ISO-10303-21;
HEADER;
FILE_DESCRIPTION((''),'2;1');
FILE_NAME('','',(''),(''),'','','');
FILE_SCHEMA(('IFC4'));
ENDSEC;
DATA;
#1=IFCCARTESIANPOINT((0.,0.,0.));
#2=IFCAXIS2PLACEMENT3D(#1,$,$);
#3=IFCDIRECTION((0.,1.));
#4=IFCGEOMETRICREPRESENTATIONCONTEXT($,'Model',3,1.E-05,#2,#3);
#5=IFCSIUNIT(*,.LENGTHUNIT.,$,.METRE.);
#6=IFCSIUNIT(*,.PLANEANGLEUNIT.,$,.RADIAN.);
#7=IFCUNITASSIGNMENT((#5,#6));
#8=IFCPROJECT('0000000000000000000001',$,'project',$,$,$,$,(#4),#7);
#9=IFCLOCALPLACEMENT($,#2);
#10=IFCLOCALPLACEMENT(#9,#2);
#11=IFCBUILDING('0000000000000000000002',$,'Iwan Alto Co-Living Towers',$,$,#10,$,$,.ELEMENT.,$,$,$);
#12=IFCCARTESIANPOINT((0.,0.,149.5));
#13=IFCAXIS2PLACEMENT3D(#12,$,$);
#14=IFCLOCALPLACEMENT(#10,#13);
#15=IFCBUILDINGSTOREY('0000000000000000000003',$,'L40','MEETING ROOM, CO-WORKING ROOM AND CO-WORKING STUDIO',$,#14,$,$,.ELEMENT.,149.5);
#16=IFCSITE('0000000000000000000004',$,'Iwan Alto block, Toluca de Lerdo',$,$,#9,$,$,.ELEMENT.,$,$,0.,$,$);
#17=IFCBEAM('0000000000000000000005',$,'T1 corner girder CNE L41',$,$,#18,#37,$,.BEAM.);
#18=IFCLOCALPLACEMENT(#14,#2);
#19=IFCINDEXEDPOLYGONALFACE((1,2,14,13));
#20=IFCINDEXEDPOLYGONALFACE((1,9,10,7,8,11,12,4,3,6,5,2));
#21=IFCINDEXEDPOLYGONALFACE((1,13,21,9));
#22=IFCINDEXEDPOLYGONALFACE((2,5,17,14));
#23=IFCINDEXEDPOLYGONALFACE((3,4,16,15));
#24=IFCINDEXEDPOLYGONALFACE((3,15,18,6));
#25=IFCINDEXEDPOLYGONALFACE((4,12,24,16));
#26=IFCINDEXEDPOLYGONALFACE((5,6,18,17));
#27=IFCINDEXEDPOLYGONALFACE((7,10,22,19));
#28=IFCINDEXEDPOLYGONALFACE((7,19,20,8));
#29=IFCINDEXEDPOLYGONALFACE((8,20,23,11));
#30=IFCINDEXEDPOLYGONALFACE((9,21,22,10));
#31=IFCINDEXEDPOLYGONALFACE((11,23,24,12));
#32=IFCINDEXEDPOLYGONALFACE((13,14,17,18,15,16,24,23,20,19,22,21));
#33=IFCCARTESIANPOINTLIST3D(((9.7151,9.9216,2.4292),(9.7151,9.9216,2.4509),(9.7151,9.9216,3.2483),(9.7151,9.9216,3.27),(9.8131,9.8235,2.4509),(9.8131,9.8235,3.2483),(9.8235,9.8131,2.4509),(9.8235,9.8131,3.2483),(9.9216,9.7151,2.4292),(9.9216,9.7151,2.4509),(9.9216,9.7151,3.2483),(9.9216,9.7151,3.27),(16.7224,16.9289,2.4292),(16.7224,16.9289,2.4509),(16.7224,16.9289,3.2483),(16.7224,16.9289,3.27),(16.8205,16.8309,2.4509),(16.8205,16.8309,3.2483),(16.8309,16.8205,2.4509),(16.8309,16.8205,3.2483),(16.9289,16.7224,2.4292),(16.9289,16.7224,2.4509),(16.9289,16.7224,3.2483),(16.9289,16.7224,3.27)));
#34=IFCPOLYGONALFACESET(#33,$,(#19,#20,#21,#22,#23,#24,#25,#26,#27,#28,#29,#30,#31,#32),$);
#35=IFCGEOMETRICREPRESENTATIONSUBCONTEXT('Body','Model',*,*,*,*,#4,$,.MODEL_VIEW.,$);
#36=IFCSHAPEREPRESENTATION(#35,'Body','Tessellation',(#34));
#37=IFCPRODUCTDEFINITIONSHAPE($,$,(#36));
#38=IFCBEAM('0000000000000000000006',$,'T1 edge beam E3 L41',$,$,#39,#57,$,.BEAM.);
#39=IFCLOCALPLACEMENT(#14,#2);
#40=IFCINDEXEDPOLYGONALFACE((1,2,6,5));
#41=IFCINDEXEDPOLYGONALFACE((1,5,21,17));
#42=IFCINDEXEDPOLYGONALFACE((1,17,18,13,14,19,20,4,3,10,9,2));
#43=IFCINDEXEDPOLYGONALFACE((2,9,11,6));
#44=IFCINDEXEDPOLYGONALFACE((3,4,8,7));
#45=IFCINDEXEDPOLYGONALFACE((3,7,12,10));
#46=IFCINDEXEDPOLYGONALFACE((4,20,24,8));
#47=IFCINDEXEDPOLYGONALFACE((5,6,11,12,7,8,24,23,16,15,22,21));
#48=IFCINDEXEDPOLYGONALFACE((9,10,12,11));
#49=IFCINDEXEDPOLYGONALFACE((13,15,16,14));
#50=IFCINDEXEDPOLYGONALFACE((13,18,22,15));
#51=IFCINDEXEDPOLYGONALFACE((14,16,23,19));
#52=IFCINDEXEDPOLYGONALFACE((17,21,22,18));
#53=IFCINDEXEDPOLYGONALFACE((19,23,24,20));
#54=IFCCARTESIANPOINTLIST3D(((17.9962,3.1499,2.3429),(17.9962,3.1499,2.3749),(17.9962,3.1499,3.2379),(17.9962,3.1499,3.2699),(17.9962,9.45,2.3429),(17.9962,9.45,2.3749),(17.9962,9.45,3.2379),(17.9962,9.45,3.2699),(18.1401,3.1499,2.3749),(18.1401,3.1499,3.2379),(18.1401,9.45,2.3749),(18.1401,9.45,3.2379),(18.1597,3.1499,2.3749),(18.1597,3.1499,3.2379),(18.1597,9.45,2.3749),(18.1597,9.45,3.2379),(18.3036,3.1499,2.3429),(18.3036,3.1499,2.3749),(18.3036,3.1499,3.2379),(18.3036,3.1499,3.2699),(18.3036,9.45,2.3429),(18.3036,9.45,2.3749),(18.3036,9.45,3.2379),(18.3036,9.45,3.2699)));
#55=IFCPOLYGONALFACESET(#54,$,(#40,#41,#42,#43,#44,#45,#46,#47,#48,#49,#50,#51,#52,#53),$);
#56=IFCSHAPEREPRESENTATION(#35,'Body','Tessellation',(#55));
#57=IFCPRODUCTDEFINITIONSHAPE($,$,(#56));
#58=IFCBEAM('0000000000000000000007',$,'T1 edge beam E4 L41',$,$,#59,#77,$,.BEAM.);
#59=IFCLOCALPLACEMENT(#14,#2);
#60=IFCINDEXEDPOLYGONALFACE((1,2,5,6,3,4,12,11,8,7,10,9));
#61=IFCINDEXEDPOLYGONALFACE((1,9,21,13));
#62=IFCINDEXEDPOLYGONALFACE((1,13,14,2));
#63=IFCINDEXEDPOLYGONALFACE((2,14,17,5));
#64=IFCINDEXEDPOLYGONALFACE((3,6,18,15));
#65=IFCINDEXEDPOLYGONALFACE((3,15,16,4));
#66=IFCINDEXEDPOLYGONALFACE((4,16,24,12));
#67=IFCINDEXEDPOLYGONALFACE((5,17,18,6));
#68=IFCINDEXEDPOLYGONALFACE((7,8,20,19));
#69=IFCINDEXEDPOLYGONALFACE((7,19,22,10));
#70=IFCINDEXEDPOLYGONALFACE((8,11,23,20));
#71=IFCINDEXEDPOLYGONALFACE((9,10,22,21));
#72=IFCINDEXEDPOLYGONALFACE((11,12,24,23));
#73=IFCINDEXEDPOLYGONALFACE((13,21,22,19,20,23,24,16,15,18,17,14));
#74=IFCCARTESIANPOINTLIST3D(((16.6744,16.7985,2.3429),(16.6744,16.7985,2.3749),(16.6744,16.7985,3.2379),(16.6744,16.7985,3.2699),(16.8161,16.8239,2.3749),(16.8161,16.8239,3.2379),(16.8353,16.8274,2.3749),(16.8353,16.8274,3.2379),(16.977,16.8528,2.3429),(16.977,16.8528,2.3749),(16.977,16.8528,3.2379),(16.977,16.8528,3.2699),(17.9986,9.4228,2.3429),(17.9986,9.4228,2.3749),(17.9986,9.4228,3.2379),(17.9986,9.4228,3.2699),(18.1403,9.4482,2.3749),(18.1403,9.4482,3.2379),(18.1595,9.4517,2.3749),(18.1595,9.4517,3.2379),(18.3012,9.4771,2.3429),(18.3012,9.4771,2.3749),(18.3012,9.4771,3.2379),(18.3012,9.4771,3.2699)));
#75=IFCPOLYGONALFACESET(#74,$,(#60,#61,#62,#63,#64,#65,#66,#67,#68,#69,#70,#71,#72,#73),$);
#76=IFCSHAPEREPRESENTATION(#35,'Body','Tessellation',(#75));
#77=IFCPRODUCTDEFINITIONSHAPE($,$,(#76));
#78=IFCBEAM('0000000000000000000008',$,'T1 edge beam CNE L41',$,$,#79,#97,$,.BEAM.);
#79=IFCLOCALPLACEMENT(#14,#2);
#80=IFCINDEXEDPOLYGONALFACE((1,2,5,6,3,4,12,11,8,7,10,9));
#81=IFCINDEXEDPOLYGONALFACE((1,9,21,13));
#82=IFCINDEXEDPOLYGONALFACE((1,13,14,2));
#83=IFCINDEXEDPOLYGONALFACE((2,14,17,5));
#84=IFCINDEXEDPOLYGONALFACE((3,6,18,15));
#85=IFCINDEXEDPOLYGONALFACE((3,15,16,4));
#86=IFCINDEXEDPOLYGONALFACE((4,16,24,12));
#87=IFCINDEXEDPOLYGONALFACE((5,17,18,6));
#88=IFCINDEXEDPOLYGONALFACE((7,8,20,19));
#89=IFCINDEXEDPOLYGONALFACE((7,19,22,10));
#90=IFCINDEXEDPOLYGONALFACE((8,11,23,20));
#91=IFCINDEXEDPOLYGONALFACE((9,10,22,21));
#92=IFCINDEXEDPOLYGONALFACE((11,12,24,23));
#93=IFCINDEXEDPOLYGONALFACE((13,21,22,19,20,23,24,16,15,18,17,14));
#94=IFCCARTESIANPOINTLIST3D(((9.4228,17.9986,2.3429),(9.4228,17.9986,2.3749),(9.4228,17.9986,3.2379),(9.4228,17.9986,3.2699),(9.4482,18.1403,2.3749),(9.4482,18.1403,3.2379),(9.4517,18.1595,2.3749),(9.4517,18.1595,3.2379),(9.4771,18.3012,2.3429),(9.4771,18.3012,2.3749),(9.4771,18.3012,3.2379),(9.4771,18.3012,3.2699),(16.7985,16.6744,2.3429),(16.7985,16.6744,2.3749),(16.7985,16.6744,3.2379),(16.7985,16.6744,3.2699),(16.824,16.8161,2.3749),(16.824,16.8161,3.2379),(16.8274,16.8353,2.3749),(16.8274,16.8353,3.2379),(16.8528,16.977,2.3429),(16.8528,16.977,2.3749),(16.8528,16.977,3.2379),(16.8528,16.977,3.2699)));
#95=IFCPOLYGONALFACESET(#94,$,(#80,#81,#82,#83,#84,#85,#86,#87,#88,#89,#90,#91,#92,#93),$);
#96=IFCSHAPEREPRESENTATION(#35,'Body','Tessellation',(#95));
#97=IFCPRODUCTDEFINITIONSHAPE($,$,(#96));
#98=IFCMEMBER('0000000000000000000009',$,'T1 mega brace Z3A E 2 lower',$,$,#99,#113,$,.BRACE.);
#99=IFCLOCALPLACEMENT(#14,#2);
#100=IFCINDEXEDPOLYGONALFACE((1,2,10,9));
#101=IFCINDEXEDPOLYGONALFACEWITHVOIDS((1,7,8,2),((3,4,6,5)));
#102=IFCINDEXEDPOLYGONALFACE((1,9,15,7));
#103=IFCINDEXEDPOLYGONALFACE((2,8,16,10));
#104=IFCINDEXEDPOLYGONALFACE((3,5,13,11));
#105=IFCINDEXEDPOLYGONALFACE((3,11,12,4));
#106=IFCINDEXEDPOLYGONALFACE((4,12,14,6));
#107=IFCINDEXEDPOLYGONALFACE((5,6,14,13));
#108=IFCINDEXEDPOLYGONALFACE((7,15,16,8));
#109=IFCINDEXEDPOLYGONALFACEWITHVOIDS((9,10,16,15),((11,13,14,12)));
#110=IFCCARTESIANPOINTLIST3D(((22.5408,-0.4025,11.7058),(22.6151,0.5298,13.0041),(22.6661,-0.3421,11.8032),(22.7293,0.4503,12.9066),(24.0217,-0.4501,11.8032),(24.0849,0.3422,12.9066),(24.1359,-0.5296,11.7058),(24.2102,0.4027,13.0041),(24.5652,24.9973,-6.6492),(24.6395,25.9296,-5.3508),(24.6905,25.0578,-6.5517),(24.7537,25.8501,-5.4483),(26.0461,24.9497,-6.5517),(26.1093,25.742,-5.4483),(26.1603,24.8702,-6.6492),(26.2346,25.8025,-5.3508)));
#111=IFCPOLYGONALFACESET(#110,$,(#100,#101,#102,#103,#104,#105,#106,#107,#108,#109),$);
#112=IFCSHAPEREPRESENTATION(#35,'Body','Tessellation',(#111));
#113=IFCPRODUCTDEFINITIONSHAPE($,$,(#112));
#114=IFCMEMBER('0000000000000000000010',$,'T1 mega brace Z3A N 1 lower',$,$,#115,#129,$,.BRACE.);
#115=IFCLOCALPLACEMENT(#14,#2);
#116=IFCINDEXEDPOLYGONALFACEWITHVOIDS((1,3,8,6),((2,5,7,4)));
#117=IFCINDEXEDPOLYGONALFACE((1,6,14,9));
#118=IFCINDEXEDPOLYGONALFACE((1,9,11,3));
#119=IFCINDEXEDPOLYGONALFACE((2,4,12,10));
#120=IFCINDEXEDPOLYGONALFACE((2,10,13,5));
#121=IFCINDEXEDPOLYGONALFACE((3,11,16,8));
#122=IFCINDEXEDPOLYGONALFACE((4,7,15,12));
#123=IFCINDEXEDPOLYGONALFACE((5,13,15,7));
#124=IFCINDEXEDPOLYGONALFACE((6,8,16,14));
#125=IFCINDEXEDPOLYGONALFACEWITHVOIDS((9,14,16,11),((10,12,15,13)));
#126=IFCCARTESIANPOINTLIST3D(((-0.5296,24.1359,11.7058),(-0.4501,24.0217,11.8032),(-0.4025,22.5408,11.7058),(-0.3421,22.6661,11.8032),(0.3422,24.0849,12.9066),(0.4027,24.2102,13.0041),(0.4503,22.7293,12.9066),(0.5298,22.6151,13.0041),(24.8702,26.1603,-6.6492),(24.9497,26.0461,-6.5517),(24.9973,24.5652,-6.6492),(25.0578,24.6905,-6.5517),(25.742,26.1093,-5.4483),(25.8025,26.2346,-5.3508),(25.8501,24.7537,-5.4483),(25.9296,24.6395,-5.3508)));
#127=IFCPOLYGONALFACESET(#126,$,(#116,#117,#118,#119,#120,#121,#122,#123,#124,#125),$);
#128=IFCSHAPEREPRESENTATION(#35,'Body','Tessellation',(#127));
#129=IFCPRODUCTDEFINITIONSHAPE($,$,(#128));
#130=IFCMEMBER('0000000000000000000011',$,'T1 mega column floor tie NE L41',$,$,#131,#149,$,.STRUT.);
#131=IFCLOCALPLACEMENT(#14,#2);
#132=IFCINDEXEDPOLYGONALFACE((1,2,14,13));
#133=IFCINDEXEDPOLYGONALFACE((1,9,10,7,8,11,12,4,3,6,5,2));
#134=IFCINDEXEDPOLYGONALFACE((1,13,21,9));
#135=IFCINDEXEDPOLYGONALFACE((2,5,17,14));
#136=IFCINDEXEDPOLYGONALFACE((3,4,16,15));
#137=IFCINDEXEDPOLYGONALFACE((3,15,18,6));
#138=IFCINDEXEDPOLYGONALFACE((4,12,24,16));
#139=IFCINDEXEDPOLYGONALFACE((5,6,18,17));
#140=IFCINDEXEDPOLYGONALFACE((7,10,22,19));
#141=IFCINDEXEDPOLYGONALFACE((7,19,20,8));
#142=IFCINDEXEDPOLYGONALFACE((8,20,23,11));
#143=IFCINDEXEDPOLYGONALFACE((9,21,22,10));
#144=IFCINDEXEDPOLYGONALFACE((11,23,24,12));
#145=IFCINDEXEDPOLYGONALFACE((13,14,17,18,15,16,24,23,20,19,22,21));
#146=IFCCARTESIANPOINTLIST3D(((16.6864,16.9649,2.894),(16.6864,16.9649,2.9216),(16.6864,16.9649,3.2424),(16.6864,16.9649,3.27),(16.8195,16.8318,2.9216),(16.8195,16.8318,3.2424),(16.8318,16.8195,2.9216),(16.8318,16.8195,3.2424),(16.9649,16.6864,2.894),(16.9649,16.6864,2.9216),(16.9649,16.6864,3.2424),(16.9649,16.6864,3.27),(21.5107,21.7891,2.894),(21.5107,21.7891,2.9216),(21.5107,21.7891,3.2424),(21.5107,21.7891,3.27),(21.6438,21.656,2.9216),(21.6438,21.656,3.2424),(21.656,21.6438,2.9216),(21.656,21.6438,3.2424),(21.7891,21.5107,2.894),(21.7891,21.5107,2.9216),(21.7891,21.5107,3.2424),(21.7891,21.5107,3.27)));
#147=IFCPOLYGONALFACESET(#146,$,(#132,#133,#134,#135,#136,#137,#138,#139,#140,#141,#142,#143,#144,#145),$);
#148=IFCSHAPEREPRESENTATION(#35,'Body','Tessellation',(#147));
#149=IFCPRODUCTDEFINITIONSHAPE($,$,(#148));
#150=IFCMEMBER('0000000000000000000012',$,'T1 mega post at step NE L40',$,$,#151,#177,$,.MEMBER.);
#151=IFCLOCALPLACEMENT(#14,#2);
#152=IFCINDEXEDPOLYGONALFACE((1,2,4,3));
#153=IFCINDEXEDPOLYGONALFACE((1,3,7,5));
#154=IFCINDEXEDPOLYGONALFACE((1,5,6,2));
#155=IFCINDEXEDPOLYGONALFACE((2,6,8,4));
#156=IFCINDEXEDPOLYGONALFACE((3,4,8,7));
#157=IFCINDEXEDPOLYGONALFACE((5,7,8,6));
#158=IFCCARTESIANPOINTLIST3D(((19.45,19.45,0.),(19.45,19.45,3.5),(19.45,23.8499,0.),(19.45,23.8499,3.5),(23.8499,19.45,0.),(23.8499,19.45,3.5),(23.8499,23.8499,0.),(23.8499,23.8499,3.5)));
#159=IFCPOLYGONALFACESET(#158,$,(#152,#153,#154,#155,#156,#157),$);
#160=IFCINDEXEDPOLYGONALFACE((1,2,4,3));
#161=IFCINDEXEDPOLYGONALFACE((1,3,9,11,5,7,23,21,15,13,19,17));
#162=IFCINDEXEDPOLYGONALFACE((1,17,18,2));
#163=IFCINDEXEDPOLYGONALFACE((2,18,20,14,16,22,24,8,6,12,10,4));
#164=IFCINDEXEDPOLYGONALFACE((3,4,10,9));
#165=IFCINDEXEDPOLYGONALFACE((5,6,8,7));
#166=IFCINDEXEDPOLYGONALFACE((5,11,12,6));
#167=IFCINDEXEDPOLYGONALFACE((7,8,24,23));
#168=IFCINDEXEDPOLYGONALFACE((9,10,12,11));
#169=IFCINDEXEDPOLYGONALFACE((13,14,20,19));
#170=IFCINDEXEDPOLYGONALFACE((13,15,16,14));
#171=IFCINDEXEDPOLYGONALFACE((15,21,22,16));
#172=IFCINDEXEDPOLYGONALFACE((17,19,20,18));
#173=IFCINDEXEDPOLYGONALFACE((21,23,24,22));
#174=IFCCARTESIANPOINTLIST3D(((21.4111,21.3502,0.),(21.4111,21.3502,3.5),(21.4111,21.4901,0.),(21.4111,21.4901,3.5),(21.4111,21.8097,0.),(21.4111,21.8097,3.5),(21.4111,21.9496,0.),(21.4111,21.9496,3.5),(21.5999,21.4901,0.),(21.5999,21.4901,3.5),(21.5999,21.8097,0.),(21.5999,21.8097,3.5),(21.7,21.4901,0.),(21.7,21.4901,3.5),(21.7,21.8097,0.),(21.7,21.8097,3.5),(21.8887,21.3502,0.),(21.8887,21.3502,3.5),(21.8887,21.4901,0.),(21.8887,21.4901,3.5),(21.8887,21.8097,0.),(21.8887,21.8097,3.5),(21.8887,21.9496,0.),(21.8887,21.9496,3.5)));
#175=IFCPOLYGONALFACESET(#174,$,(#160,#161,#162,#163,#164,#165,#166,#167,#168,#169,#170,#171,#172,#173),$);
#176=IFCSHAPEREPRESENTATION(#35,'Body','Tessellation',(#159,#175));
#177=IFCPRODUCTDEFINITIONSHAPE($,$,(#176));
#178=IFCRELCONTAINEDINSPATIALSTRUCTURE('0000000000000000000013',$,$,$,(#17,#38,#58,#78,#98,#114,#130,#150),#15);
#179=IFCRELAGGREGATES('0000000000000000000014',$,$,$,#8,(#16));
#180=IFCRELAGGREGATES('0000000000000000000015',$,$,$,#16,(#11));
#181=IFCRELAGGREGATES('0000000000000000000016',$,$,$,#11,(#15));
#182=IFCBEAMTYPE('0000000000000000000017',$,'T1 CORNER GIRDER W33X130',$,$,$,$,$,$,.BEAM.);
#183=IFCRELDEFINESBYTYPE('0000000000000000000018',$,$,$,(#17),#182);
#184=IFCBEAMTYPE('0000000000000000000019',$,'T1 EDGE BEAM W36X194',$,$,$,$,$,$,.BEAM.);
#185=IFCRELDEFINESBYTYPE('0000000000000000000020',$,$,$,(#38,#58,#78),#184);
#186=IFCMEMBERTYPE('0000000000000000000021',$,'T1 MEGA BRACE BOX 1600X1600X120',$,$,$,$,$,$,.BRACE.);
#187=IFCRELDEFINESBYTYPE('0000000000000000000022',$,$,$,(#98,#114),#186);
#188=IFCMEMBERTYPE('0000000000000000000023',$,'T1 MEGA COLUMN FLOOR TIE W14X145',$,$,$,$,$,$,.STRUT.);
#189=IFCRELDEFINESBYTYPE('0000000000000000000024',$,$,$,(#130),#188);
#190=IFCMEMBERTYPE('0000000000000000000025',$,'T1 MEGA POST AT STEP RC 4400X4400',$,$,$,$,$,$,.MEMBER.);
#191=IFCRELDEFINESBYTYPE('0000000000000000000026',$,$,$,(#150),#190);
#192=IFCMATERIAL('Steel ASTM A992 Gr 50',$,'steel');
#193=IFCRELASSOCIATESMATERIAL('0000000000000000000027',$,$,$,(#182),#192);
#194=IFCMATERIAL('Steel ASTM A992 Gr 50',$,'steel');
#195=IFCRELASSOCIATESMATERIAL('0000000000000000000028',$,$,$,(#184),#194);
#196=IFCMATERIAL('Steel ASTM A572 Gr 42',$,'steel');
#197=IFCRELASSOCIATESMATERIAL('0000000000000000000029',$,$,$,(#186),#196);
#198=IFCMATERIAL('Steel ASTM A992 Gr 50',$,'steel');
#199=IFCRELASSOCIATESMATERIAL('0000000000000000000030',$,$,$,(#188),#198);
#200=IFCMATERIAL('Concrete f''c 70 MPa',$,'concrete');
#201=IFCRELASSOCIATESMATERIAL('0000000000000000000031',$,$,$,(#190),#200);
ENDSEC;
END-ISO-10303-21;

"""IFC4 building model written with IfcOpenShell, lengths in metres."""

from ifc_helpers import new_model, si_unit, direction, frame, origin, origin_2d, place, context, subcontext, project, spatial, rectangle, hollow_rectangle, i_section, extrude, material, material_profile, profile_set, type_object, element, save


model = new_model("IFC4")

# Units and contexts
model_context = context("Model", 3, precision=1e-05, world=origin(), true_north=direction((0.0, 1.0)))
body_context = subcontext(model_context, "Body", "Model", "MODEL_VIEW")
ifc_project = project(units=[si_unit("LENGTHUNIT", "METRE"), si_unit("PLANEANGLEUNIT", "RADIAN")], contexts=[model_context])

# Site, building, storey
site_placement = place(None, origin())
site = spatial("IfcSite", under=ifc_project, at=site_placement, Name="Iwan Alto block, Toluca de Lerdo", CompositionType="ELEMENT", RefElevation=0.0)
building_placement = place(site_placement, origin())
building = spatial("IfcBuilding", under=site, at=building_placement, Name="Iwan Alto Co-Living Towers", CompositionType="ELEMENT")
storey_placement = place(building_placement, frame((0.0, 0.0, 149.5)))
storey = spatial("IfcBuildingStorey", under=building, at=storey_placement, Name="L40", Description="MEETING ROOM, CO-WORKING ROOM AND CO-WORKING STUDIO", CompositionType="ELEMENT", Elevation=149.5)

# Beams
ifc_material_1 = material(Name="Steel ASTM A992 Gr 50", Category="steel")
ifc_material_profile_1 = material_profile(ifc_material_1, i_section(OverallWidth=0.292, OverallDepth=0.8408, WebThickness=0.0146, FlangeThickness=0.0217, at=origin_2d()), Name="W33X130")
ifc_profile_set_1 = profile_set([ifc_material_profile_1], Name="Steel ASTM A992 Gr 50")
beam_type_1 = type_object("IfcBeamType", Name="T1 CORNER GIRDER W33X130", PredefinedType="BEAM", material=ifc_profile_set_1)
beam_1_placement = place(storey_placement, frame((16.8257, 16.8257, 2.8496), z_axis=(-0.707107, -0.707107, 0.0), x_axis=(0.707107, -0.707107, 0.0)))
element("IfcBeam", 1, at=beam_1_placement, inside=storey, type_object=beam_type_1, Name="T1 corner girder CNE L41", PredefinedType="BEAM", context=body_context, shape_type="SweptSolid", body=[
    extrude(i_section(OverallWidth=0.292, OverallDepth=0.8408, WebThickness=0.0146, FlangeThickness=0.0217, at=origin_2d()), origin(), (0.0, 0.0, 1.0), 9.9099),
])
ifc_material_2 = material(Name="Steel ASTM A992 Gr 50", Category="steel")
ifc_material_profile_2 = material_profile(ifc_material_2, i_section(OverallWidth=0.3074, OverallDepth=0.927, WebThickness=0.0195, FlangeThickness=0.032, at=origin_2d()), Name="W36X194")
ifc_profile_set_2 = profile_set([ifc_material_profile_2], Name="Steel ASTM A992 Gr 50")
beam_type_2 = type_object("IfcBeamType", Name="T1 EDGE BEAM W36X194", PredefinedType="BEAM", material=ifc_profile_set_2)
beam_2_placement = place(storey_placement, frame((18.1499, 3.1499, 2.8064), z_axis=(0.0, 1.0, 0.0), x_axis=(-1.0, 0.0, 0.0)))
element("IfcBeam", 2, at=beam_2_placement, inside=storey, type_object=beam_type_2, Name="T1 edge beam E3 L41", PredefinedType="BEAM", context=body_context, shape_type="SweptSolid", body=[
    extrude(i_section(OverallWidth=0.3074, OverallDepth=0.927, WebThickness=0.0195, FlangeThickness=0.032, at=origin_2d()), origin(), (0.0, 0.0, 1.0), 6.3),
])
for number, where, z_axis, x_axis, name in (
    (3, (18.1499, 9.45, 2.8064), (-0.176712, 0.984263, 0.0), (-0.984263, -0.176712, 0.0), "T1 edge beam E4 L41"),
    (4, (16.8257, 16.8257, 2.8064), (-0.984263, 0.176712, 0.0), (-0.176712, -0.984263, 0.0), "T1 edge beam CNE L41"),
):
    element("IfcBeam", number, at=place(storey_placement, frame(where, z_axis=z_axis, x_axis=x_axis)), inside=storey, type_object=beam_type_2, Name=name, PredefinedType="BEAM", context=body_context, shape_type="SweptSolid", body=[
        extrude(i_section(OverallWidth=0.3074, OverallDepth=0.927, WebThickness=0.0195, FlangeThickness=0.032, at=origin_2d()), origin(), (0.0, 0.0, 1.0), 7.4937),
    ])

# Members
ifc_material_3 = material(Name="Steel ASTM A572 Gr 42", Category="steel")
ifc_material_profile_3 = material_profile(ifc_material_3, hollow_rectangle(XDim=1.6001, YDim=1.6001, WallThickness=0.1201, at=origin_2d()), Name="BOX 1600X1600X120")
ifc_profile_set_3 = profile_set([ifc_material_profile_3], Name="Steel ASTM A572 Gr 42")
member_type_1 = type_object("IfcMemberType", Name="T1 MEGA BRACE BOX 1600X1600X120", PredefinedType="BRACE", material=ifc_profile_set_3)
for number, where, z_axis, x_axis, name in (
    (5, (25.3999, 25.3999, -6.0), (-0.064465, -0.808833, 0.584495), (0.996839, -0.07945, 0.0), "T1 mega brace Z3A E 2 lower"),
    (6, (25.3999, 25.3999, -6.0), (-0.808833, -0.064465, 0.584495), (0.07945, -0.996839, 0.0), "T1 mega brace Z3A N 1 lower"),
):
    element("IfcMember", number, at=place(storey_placement, frame(where, z_axis=z_axis, x_axis=x_axis)), inside=storey, type_object=member_type_1, Name=name, PredefinedType="BRACE", context=body_context, shape_type="SweptSolid", body=[
        extrude(hollow_rectangle(XDim=1.6001, YDim=1.6001, WallThickness=0.1201, at=origin_2d()), origin(), (0.0, 0.0, 1.0), 31.4031),
    ])
ifc_material_4 = material(Name="Steel ASTM A992 Gr 50", Category="steel")
ifc_material_profile_4 = material_profile(ifc_material_4, i_section(OverallWidth=0.3938, OverallDepth=0.376, WebThickness=0.0173, FlangeThickness=0.0276, at=origin_2d()), Name="W14X145")
ifc_profile_set_4 = profile_set([ifc_material_profile_4], Name="Steel ASTM A992 Gr 50")
member_type_2 = type_object("IfcMemberType", Name="T1 MEGA COLUMN FLOOR TIE W14X145", PredefinedType="STRUT", material=ifc_profile_set_4)
member_1_placement = place(storey_placement, frame((21.6499, 21.6499, 3.082), z_axis=(-0.707107, -0.707107, 0.0), x_axis=(0.707107, -0.707107, 0.0)))
element("IfcMember", 7, at=member_1_placement, inside=storey, type_object=member_type_2, Name="T1 mega column floor tie NE L41", PredefinedType="STRUT", context=body_context, shape_type="SweptSolid", body=[
    extrude(i_section(OverallWidth=0.3938, OverallDepth=0.376, WebThickness=0.0173, FlangeThickness=0.0276, at=origin_2d()), origin(), (0.0, 0.0, 1.0), 6.8225),
])
ifc_material_5 = material(Name="Concrete f'c 70 MPa", Category="concrete")
ifc_material_profile_5 = material_profile(ifc_material_5, rectangle(XDim=4.3999, YDim=4.3999, at=origin_2d()), Name="RC 4400X4400")
ifc_profile_set_5 = profile_set([ifc_material_profile_5], Name="Concrete f'c 70 MPa")
member_type_3 = type_object("IfcMemberType", Name="T1 MEGA POST AT STEP RC 4400X4400", PredefinedType="MEMBER", material=ifc_profile_set_5)
member_2_placement = place(storey_placement, frame((21.6499, 21.6499, 0.0), z_axis=(0.0, 0.0, 1.0), x_axis=(1.0, 0.0, 0.0)))
element("IfcMember", 8, at=member_2_placement, inside=storey, type_object=member_type_3, Name="T1 mega post at step NE L40", PredefinedType="MEMBER", context=body_context, shape_type="SweptSolid", body=[
    extrude(rectangle(XDim=4.3999, YDim=4.3999, at=origin_2d()), origin(), (0.0, 0.0, 1.0), 3.5),
    extrude(i_section(OverallWidth=0.4775, OverallDepth=0.5994, WebThickness=0.1001, FlangeThickness=0.1399, at=origin_2d()), origin(), (0.0, 0.0, 1.0), 3.5),
])

save(model, "model.ifc")
